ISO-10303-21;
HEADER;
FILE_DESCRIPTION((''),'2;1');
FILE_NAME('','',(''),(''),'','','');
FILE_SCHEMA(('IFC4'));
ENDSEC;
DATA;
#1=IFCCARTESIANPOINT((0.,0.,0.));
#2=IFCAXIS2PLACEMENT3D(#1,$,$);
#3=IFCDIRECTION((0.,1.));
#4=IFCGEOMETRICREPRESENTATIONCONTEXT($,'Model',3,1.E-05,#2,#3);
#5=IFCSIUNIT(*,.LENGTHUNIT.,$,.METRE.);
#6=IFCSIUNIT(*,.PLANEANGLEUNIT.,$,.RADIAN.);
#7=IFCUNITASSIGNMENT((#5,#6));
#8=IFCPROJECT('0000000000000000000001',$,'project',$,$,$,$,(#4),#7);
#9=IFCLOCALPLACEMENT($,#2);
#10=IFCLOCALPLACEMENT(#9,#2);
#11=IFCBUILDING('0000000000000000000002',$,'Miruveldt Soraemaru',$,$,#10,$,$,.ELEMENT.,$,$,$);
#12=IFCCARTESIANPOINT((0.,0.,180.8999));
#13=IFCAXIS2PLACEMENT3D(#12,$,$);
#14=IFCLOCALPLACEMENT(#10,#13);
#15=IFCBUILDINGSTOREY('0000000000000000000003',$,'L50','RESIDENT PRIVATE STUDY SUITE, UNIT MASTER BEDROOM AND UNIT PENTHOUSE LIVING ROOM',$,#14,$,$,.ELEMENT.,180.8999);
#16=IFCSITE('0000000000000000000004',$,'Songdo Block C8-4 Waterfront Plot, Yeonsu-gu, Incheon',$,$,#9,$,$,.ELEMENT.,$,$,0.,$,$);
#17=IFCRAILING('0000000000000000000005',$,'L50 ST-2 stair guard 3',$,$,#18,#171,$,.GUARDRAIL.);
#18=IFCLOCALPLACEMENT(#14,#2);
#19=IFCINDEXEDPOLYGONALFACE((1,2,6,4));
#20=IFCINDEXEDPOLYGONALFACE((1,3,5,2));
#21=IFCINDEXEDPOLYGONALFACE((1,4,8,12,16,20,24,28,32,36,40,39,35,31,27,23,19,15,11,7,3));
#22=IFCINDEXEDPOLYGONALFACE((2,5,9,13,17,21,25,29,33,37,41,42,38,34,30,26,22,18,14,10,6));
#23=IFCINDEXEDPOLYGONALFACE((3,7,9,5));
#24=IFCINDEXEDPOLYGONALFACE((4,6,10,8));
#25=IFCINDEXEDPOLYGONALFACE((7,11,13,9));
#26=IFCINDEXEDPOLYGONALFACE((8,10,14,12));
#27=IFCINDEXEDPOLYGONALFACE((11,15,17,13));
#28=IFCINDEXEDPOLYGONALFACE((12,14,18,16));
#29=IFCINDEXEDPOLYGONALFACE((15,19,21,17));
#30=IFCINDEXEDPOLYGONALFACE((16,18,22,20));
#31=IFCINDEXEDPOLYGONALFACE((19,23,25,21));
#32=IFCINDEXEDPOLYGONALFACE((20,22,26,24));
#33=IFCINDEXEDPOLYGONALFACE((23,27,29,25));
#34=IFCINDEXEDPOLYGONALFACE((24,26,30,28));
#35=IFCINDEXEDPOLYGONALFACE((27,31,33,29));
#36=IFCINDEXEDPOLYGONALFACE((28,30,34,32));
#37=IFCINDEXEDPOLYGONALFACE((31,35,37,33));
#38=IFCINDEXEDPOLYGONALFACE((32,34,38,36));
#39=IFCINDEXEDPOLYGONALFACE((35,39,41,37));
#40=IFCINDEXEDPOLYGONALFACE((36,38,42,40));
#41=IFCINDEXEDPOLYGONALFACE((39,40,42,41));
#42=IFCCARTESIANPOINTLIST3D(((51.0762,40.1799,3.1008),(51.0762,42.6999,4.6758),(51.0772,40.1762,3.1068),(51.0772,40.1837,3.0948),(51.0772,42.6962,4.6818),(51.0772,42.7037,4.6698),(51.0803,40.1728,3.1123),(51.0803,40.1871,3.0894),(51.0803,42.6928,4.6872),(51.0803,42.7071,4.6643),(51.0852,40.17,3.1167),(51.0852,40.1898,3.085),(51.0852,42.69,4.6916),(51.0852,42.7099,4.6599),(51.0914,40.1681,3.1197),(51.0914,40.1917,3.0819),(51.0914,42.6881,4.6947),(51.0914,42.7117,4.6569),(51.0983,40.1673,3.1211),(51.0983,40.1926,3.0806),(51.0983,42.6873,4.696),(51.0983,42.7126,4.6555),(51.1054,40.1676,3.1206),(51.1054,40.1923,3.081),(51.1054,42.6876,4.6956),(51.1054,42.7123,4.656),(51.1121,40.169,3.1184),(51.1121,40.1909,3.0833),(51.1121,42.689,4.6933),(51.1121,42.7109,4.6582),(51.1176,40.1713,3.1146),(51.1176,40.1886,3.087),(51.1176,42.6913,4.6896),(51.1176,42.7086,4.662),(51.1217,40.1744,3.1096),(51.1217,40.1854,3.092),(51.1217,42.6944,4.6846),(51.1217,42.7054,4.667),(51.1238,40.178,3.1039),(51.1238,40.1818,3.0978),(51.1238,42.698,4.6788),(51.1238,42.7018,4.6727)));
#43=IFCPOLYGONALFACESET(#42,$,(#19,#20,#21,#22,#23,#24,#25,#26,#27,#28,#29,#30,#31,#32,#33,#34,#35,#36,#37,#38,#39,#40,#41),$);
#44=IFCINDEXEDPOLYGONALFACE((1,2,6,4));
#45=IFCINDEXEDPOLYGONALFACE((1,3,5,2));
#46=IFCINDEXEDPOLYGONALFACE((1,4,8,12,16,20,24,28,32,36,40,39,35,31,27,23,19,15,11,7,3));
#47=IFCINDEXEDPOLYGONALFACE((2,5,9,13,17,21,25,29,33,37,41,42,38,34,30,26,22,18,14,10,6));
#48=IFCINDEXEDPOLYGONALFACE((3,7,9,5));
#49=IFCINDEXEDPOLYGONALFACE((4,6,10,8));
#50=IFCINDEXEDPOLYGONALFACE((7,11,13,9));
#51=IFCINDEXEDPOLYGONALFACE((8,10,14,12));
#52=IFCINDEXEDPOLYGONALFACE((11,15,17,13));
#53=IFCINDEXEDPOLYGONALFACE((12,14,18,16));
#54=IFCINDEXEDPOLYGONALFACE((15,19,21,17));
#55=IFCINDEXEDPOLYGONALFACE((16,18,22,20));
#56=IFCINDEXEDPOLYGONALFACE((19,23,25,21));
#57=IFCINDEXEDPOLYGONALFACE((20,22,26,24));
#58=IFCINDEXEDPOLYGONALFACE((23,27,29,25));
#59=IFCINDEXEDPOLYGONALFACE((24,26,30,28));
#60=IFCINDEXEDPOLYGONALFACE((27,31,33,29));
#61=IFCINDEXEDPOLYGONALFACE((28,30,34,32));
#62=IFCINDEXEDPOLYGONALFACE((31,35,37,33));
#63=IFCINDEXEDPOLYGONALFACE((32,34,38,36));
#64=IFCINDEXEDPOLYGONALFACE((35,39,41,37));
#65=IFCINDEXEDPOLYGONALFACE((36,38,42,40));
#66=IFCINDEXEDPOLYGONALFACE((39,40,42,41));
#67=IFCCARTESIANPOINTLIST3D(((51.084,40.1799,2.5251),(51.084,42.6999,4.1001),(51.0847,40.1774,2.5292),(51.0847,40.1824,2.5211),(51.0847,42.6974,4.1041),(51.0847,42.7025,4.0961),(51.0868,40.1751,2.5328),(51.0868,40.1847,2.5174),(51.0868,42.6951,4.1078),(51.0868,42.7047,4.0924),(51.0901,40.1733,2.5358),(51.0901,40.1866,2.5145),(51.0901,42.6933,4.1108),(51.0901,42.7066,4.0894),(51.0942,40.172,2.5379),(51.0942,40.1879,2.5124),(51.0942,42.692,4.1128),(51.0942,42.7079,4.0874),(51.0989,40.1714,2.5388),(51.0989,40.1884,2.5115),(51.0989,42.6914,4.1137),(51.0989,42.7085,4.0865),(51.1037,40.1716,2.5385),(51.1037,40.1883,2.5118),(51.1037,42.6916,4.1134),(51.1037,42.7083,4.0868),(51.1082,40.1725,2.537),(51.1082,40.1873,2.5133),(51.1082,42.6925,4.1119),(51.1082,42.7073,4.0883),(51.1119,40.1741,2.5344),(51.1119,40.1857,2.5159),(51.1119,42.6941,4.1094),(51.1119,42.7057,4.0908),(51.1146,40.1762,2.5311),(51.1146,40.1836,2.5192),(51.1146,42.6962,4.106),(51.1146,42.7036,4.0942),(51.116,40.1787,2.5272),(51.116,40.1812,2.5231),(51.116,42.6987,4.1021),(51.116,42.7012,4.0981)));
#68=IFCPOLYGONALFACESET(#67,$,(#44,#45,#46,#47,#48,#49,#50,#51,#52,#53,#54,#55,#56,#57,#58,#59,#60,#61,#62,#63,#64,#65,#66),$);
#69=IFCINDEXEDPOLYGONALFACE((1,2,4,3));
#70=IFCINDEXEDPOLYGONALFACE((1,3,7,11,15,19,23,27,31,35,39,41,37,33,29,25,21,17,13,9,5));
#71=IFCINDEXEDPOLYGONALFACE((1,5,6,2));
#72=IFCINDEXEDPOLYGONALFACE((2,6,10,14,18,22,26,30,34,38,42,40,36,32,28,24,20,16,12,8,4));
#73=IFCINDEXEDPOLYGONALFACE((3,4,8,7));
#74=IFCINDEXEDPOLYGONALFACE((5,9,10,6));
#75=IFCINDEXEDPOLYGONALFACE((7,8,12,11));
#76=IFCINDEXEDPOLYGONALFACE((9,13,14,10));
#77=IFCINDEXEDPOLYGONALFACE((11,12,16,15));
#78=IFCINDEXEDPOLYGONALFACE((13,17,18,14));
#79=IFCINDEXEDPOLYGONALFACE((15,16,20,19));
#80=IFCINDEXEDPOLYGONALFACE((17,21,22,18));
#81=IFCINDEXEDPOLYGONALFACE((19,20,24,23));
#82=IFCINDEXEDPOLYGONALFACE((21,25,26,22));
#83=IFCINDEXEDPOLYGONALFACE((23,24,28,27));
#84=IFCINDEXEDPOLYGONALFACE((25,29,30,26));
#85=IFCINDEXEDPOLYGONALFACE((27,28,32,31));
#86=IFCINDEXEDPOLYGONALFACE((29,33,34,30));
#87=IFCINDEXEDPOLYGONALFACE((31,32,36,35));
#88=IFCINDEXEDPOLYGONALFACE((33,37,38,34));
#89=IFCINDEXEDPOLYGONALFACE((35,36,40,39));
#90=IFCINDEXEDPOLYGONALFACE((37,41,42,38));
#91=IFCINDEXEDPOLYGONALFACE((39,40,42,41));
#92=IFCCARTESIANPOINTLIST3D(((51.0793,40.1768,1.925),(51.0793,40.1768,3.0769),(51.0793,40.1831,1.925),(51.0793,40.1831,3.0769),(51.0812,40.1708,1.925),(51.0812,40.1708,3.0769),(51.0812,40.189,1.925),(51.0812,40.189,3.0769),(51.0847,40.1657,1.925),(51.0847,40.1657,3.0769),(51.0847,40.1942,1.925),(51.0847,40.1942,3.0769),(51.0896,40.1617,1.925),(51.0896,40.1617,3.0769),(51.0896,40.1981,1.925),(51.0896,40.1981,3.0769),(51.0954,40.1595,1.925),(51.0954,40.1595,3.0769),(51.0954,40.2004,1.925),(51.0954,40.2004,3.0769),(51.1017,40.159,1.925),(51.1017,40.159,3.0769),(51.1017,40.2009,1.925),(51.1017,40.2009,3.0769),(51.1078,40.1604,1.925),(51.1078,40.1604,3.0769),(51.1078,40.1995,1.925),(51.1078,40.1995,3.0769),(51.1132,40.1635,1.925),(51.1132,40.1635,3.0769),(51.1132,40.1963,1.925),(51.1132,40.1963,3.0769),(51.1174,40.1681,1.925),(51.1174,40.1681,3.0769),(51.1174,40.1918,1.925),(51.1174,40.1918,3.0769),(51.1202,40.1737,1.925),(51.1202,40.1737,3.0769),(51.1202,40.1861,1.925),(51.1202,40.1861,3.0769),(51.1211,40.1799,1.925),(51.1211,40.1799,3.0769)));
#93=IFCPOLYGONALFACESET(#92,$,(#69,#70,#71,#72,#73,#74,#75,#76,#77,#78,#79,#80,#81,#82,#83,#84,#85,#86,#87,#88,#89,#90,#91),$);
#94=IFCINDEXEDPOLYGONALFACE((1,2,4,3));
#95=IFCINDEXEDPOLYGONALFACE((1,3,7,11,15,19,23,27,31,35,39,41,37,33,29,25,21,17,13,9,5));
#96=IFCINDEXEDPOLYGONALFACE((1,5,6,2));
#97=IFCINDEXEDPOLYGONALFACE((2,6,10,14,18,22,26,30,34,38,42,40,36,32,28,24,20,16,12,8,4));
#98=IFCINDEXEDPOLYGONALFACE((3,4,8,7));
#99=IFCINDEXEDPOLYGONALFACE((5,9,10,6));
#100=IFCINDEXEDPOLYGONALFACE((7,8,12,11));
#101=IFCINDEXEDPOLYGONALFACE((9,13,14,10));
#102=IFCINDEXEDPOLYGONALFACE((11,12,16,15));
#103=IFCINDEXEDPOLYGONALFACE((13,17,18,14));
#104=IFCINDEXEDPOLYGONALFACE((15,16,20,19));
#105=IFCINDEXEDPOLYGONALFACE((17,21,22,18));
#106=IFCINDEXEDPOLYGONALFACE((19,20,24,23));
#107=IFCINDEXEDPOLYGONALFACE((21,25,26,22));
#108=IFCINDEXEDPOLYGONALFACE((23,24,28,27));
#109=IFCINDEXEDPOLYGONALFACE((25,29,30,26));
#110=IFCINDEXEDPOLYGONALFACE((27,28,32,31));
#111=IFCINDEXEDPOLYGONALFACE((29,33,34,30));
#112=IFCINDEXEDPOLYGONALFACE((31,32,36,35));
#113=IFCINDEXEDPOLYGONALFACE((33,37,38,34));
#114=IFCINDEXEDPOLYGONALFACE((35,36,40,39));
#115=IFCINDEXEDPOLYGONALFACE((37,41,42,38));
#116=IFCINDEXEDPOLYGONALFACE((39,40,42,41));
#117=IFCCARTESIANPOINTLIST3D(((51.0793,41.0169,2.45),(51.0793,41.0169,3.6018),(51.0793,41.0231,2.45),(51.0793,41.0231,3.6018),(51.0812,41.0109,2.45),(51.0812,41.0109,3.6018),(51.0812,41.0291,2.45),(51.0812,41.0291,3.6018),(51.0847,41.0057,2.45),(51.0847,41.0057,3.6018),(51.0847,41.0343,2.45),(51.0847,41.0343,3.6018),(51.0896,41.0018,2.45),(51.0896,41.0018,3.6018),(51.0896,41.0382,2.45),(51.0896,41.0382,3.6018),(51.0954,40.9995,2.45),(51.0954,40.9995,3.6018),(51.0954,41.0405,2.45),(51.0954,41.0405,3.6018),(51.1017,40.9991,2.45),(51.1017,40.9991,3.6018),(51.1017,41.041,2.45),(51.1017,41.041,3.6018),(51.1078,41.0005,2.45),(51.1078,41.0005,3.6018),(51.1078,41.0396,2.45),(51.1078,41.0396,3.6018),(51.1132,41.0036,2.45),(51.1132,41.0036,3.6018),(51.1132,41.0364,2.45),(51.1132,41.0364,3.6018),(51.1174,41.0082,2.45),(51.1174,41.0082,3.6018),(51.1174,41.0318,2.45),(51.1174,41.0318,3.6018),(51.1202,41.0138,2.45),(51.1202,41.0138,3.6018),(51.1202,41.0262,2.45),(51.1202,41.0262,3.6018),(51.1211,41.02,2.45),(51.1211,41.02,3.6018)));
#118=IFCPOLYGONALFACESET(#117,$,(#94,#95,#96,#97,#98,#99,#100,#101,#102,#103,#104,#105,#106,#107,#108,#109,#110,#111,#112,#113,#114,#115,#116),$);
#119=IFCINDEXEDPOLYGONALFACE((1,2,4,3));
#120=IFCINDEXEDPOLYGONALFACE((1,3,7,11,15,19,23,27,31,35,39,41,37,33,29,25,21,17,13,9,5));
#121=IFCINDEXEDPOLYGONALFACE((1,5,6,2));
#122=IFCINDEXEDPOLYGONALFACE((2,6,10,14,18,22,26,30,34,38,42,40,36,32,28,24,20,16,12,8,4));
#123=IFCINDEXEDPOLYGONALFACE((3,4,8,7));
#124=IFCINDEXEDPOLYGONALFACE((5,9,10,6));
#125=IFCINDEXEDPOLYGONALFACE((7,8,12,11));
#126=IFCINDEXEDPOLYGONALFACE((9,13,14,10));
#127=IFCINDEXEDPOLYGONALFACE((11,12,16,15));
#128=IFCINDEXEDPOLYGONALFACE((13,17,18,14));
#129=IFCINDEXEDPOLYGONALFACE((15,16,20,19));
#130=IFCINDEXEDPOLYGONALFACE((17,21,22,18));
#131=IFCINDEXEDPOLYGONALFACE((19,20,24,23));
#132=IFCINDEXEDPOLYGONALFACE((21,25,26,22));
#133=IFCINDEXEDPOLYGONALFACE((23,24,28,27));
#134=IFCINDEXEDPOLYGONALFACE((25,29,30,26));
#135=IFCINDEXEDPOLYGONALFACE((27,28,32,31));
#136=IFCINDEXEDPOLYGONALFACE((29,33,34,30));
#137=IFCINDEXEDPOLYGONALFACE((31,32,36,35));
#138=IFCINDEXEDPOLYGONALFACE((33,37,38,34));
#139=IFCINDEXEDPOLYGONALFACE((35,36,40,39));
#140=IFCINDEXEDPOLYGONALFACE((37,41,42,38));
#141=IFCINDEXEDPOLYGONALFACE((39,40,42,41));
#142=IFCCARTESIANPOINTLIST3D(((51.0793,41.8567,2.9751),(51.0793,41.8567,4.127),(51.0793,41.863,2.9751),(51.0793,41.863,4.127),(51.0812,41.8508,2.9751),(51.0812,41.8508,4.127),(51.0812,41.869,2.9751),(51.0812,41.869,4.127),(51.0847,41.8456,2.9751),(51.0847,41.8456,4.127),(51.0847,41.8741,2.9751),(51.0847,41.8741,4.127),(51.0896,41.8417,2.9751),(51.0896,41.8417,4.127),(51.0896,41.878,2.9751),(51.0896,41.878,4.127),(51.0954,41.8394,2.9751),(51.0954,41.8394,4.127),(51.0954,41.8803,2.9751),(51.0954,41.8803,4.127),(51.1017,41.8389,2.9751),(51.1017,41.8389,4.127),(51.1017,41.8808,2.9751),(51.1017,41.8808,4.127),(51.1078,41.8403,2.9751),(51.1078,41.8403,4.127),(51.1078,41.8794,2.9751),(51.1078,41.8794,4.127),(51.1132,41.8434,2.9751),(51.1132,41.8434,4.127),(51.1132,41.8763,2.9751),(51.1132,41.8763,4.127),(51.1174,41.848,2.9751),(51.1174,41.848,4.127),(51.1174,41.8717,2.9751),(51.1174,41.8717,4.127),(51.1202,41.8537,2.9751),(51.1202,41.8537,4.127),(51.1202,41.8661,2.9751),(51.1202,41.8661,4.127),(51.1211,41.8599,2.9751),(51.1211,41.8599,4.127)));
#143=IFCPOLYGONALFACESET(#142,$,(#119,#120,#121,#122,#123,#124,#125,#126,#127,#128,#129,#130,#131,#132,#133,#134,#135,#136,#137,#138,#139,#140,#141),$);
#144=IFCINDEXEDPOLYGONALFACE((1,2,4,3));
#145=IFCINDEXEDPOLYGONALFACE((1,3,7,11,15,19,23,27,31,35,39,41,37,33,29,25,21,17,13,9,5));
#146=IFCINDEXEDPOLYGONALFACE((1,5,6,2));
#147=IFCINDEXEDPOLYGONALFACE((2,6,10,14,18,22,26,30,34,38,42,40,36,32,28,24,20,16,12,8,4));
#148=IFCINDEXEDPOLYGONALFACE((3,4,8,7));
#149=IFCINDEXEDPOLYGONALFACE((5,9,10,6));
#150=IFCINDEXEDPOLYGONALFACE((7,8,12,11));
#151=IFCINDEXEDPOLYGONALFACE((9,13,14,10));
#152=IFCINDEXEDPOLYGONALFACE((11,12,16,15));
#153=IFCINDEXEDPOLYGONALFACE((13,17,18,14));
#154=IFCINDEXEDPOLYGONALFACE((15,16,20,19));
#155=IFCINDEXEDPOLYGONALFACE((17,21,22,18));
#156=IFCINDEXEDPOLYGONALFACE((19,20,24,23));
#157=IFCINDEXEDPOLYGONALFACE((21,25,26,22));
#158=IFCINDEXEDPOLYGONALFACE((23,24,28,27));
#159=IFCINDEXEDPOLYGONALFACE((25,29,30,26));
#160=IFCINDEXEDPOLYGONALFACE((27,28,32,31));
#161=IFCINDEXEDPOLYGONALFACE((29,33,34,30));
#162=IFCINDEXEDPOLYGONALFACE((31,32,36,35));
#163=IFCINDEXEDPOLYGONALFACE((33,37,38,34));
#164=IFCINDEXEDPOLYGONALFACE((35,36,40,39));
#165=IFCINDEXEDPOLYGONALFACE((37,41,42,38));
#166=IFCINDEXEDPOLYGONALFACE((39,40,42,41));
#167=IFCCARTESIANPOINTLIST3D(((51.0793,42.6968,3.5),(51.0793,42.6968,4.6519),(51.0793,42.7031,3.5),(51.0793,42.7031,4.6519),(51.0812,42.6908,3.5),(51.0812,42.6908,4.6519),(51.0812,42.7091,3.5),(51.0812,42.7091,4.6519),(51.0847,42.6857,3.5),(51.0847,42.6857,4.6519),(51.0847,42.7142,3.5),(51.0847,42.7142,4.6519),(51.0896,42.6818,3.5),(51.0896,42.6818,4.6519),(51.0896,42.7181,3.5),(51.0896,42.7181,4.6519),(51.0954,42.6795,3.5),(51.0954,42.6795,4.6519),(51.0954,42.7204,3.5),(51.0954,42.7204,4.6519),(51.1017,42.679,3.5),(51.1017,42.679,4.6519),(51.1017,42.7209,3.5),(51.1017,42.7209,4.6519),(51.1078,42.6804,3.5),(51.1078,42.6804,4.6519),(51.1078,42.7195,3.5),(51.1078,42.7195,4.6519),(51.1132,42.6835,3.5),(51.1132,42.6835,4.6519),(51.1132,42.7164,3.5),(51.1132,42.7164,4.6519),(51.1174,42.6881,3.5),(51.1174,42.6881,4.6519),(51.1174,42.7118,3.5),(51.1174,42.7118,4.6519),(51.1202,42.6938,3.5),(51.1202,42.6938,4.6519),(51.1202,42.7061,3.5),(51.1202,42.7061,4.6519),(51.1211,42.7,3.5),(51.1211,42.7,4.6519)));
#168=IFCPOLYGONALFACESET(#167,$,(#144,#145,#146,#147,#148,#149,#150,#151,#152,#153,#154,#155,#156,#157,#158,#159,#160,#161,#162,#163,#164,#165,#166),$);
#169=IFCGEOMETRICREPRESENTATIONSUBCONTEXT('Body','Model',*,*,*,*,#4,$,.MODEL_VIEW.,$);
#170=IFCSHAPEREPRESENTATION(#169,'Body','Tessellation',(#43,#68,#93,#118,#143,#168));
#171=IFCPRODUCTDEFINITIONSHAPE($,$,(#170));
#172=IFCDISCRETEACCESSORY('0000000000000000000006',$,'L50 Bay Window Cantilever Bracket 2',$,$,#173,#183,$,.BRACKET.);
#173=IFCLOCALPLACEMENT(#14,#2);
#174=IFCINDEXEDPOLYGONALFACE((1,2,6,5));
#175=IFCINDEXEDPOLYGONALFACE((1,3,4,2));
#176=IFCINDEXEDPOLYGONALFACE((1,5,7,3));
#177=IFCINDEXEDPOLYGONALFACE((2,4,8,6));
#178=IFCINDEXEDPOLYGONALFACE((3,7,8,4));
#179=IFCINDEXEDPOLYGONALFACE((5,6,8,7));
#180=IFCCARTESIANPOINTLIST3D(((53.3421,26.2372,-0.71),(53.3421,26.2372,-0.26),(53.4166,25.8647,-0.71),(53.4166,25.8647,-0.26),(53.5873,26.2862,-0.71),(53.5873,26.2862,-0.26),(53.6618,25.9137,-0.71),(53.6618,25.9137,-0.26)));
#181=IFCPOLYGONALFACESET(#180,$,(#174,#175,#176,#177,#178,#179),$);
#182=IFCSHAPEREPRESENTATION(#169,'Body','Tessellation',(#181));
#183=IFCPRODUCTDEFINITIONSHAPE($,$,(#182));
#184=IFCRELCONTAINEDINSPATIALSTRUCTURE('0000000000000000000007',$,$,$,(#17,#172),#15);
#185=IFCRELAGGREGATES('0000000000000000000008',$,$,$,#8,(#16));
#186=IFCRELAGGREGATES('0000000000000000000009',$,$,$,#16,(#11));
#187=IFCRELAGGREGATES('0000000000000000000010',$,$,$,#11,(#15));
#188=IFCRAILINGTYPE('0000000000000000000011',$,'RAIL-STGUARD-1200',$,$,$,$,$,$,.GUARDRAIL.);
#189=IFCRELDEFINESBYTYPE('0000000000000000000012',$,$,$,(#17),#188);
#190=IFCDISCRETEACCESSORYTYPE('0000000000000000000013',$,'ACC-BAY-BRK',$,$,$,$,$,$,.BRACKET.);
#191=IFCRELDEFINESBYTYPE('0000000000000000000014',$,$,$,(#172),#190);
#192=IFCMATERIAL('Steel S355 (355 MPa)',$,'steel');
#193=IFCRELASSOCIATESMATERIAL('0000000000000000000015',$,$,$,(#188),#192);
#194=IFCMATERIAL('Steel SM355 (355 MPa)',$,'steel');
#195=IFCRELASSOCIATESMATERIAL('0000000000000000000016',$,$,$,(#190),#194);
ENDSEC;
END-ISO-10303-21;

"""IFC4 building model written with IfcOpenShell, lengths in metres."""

from ifc_helpers import new_model, si_unit, direction, frame, origin, origin_2d, place, context, subcontext, project, spatial, rectangle, circle, extrude, material, type_object, element, save


model = new_model("IFC4")

# Units and contexts
model_context = context("Model", 3, precision=1e-05, world=origin(), true_north=direction((0.0, 1.0)))
body_context = subcontext(model_context, "Body", "Model", "MODEL_VIEW")
ifc_project = project(units=[si_unit("LENGTHUNIT", "METRE"), si_unit("PLANEANGLEUNIT", "RADIAN")], contexts=[model_context])

# Site, building, storey
site_placement = place(None, origin())
site = spatial("IfcSite", under=ifc_project, at=site_placement, Name="Songdo Block C8-4 Waterfront Plot, Yeonsu-gu, Incheon", CompositionType="ELEMENT", RefElevation=0.0)
building_placement = place(site_placement, origin())
building = spatial("IfcBuilding", under=site, at=building_placement, Name="Miruveldt Soraemaru", CompositionType="ELEMENT")
storey_placement = place(building_placement, frame((0.0, 0.0, 180.8999)))
storey = spatial("IfcBuildingStorey", under=building, at=storey_placement, Name="L50", Description="RESIDENT PRIVATE STUDY SUITE, UNIT MASTER BEDROOM AND UNIT PENTHOUSE LIVING ROOM", CompositionType="ELEMENT", Elevation=180.8999)

# Shared definitions
ifc_material_1 = material(Name="Steel SM355 (355 MPa)", Category="steel")

# Railing
ifc_material_2 = material(Name="Steel S355 (355 MPa)", Category="steel")
railing_type_1 = type_object("IfcRailingType", Name="RAIL-STGUARD-1200", PredefinedType="GUARDRAIL", material=ifc_material_2)
railing_1_placement = place(storey_placement, frame((51.1001, 40.1799, 1.925)))
element("IfcRailing", 1, at=railing_1_placement, inside=storey, type_object=railing_type_1, Name="L50 ST-2 stair guard 3", PredefinedType="GUARDRAIL", context=body_context, shape_type="SweptSolid", body=[
    extrude(circle(Radius=0.0239, at=origin_2d()), frame((0.0, 0.0, 1.1758), z_axis=(0.0, 0.848008, 0.529984), x_axis=(-1.0, 0.0, 0.0)), (0.0, 0.0, 1.0), 2.9717),
    extrude(circle(Radius=0.0161, at=origin_2d()), frame((0.0, 0.0, 0.6001), z_axis=(0.0, 0.848008, 0.529984), x_axis=(-1.0, 0.0, 0.0)), (0.0, 0.0, 1.0), 2.9717),
    extrude(circle(Radius=0.021, at=origin_2d()), origin(), (0.0, 0.0, 1.0), 1.1519),
    extrude(circle(Radius=0.021, at=origin_2d()), frame((0.0, 0.8401, 0.5249)), (0.0, 0.0, 1.0), 1.1519),
    extrude(circle(Radius=0.021, at=origin_2d()), frame((0.0, 1.6799, 1.05)), (0.0, 0.0, 1.0), 1.1519),
    extrude(circle(Radius=0.021, at=origin_2d()), frame((0.0, 2.52, 1.575)), (0.0, 0.0, 1.0), 1.1519),
])

# Discrete accessory
discrete_accessory_type = type_object("IfcDiscreteAccessoryType", Name="ACC-BAY-BRK", PredefinedType="BRACKET", material=ifc_material_1)
discrete_accessory_placement = place(storey_placement, frame((53.502, 26.0754, -0.71), z_axis=(0.0, 0.0, 1.0), x_axis=(0.1961, -0.980584, 0.0)))
element("IfcDiscreteAccessory", 2, at=discrete_accessory_placement, inside=storey, type_object=discrete_accessory_type, Name="L50 Bay Window Cantilever Bracket 2", PredefinedType="BRACKET", context=body_context, shape_type="SweptSolid", body=[
    extrude(rectangle(XDim=0.3799, YDim=0.25, at=origin_2d()), origin(), (0.0, 0.0, 1.0), 0.45),
])

save(model, "model.ifc")
